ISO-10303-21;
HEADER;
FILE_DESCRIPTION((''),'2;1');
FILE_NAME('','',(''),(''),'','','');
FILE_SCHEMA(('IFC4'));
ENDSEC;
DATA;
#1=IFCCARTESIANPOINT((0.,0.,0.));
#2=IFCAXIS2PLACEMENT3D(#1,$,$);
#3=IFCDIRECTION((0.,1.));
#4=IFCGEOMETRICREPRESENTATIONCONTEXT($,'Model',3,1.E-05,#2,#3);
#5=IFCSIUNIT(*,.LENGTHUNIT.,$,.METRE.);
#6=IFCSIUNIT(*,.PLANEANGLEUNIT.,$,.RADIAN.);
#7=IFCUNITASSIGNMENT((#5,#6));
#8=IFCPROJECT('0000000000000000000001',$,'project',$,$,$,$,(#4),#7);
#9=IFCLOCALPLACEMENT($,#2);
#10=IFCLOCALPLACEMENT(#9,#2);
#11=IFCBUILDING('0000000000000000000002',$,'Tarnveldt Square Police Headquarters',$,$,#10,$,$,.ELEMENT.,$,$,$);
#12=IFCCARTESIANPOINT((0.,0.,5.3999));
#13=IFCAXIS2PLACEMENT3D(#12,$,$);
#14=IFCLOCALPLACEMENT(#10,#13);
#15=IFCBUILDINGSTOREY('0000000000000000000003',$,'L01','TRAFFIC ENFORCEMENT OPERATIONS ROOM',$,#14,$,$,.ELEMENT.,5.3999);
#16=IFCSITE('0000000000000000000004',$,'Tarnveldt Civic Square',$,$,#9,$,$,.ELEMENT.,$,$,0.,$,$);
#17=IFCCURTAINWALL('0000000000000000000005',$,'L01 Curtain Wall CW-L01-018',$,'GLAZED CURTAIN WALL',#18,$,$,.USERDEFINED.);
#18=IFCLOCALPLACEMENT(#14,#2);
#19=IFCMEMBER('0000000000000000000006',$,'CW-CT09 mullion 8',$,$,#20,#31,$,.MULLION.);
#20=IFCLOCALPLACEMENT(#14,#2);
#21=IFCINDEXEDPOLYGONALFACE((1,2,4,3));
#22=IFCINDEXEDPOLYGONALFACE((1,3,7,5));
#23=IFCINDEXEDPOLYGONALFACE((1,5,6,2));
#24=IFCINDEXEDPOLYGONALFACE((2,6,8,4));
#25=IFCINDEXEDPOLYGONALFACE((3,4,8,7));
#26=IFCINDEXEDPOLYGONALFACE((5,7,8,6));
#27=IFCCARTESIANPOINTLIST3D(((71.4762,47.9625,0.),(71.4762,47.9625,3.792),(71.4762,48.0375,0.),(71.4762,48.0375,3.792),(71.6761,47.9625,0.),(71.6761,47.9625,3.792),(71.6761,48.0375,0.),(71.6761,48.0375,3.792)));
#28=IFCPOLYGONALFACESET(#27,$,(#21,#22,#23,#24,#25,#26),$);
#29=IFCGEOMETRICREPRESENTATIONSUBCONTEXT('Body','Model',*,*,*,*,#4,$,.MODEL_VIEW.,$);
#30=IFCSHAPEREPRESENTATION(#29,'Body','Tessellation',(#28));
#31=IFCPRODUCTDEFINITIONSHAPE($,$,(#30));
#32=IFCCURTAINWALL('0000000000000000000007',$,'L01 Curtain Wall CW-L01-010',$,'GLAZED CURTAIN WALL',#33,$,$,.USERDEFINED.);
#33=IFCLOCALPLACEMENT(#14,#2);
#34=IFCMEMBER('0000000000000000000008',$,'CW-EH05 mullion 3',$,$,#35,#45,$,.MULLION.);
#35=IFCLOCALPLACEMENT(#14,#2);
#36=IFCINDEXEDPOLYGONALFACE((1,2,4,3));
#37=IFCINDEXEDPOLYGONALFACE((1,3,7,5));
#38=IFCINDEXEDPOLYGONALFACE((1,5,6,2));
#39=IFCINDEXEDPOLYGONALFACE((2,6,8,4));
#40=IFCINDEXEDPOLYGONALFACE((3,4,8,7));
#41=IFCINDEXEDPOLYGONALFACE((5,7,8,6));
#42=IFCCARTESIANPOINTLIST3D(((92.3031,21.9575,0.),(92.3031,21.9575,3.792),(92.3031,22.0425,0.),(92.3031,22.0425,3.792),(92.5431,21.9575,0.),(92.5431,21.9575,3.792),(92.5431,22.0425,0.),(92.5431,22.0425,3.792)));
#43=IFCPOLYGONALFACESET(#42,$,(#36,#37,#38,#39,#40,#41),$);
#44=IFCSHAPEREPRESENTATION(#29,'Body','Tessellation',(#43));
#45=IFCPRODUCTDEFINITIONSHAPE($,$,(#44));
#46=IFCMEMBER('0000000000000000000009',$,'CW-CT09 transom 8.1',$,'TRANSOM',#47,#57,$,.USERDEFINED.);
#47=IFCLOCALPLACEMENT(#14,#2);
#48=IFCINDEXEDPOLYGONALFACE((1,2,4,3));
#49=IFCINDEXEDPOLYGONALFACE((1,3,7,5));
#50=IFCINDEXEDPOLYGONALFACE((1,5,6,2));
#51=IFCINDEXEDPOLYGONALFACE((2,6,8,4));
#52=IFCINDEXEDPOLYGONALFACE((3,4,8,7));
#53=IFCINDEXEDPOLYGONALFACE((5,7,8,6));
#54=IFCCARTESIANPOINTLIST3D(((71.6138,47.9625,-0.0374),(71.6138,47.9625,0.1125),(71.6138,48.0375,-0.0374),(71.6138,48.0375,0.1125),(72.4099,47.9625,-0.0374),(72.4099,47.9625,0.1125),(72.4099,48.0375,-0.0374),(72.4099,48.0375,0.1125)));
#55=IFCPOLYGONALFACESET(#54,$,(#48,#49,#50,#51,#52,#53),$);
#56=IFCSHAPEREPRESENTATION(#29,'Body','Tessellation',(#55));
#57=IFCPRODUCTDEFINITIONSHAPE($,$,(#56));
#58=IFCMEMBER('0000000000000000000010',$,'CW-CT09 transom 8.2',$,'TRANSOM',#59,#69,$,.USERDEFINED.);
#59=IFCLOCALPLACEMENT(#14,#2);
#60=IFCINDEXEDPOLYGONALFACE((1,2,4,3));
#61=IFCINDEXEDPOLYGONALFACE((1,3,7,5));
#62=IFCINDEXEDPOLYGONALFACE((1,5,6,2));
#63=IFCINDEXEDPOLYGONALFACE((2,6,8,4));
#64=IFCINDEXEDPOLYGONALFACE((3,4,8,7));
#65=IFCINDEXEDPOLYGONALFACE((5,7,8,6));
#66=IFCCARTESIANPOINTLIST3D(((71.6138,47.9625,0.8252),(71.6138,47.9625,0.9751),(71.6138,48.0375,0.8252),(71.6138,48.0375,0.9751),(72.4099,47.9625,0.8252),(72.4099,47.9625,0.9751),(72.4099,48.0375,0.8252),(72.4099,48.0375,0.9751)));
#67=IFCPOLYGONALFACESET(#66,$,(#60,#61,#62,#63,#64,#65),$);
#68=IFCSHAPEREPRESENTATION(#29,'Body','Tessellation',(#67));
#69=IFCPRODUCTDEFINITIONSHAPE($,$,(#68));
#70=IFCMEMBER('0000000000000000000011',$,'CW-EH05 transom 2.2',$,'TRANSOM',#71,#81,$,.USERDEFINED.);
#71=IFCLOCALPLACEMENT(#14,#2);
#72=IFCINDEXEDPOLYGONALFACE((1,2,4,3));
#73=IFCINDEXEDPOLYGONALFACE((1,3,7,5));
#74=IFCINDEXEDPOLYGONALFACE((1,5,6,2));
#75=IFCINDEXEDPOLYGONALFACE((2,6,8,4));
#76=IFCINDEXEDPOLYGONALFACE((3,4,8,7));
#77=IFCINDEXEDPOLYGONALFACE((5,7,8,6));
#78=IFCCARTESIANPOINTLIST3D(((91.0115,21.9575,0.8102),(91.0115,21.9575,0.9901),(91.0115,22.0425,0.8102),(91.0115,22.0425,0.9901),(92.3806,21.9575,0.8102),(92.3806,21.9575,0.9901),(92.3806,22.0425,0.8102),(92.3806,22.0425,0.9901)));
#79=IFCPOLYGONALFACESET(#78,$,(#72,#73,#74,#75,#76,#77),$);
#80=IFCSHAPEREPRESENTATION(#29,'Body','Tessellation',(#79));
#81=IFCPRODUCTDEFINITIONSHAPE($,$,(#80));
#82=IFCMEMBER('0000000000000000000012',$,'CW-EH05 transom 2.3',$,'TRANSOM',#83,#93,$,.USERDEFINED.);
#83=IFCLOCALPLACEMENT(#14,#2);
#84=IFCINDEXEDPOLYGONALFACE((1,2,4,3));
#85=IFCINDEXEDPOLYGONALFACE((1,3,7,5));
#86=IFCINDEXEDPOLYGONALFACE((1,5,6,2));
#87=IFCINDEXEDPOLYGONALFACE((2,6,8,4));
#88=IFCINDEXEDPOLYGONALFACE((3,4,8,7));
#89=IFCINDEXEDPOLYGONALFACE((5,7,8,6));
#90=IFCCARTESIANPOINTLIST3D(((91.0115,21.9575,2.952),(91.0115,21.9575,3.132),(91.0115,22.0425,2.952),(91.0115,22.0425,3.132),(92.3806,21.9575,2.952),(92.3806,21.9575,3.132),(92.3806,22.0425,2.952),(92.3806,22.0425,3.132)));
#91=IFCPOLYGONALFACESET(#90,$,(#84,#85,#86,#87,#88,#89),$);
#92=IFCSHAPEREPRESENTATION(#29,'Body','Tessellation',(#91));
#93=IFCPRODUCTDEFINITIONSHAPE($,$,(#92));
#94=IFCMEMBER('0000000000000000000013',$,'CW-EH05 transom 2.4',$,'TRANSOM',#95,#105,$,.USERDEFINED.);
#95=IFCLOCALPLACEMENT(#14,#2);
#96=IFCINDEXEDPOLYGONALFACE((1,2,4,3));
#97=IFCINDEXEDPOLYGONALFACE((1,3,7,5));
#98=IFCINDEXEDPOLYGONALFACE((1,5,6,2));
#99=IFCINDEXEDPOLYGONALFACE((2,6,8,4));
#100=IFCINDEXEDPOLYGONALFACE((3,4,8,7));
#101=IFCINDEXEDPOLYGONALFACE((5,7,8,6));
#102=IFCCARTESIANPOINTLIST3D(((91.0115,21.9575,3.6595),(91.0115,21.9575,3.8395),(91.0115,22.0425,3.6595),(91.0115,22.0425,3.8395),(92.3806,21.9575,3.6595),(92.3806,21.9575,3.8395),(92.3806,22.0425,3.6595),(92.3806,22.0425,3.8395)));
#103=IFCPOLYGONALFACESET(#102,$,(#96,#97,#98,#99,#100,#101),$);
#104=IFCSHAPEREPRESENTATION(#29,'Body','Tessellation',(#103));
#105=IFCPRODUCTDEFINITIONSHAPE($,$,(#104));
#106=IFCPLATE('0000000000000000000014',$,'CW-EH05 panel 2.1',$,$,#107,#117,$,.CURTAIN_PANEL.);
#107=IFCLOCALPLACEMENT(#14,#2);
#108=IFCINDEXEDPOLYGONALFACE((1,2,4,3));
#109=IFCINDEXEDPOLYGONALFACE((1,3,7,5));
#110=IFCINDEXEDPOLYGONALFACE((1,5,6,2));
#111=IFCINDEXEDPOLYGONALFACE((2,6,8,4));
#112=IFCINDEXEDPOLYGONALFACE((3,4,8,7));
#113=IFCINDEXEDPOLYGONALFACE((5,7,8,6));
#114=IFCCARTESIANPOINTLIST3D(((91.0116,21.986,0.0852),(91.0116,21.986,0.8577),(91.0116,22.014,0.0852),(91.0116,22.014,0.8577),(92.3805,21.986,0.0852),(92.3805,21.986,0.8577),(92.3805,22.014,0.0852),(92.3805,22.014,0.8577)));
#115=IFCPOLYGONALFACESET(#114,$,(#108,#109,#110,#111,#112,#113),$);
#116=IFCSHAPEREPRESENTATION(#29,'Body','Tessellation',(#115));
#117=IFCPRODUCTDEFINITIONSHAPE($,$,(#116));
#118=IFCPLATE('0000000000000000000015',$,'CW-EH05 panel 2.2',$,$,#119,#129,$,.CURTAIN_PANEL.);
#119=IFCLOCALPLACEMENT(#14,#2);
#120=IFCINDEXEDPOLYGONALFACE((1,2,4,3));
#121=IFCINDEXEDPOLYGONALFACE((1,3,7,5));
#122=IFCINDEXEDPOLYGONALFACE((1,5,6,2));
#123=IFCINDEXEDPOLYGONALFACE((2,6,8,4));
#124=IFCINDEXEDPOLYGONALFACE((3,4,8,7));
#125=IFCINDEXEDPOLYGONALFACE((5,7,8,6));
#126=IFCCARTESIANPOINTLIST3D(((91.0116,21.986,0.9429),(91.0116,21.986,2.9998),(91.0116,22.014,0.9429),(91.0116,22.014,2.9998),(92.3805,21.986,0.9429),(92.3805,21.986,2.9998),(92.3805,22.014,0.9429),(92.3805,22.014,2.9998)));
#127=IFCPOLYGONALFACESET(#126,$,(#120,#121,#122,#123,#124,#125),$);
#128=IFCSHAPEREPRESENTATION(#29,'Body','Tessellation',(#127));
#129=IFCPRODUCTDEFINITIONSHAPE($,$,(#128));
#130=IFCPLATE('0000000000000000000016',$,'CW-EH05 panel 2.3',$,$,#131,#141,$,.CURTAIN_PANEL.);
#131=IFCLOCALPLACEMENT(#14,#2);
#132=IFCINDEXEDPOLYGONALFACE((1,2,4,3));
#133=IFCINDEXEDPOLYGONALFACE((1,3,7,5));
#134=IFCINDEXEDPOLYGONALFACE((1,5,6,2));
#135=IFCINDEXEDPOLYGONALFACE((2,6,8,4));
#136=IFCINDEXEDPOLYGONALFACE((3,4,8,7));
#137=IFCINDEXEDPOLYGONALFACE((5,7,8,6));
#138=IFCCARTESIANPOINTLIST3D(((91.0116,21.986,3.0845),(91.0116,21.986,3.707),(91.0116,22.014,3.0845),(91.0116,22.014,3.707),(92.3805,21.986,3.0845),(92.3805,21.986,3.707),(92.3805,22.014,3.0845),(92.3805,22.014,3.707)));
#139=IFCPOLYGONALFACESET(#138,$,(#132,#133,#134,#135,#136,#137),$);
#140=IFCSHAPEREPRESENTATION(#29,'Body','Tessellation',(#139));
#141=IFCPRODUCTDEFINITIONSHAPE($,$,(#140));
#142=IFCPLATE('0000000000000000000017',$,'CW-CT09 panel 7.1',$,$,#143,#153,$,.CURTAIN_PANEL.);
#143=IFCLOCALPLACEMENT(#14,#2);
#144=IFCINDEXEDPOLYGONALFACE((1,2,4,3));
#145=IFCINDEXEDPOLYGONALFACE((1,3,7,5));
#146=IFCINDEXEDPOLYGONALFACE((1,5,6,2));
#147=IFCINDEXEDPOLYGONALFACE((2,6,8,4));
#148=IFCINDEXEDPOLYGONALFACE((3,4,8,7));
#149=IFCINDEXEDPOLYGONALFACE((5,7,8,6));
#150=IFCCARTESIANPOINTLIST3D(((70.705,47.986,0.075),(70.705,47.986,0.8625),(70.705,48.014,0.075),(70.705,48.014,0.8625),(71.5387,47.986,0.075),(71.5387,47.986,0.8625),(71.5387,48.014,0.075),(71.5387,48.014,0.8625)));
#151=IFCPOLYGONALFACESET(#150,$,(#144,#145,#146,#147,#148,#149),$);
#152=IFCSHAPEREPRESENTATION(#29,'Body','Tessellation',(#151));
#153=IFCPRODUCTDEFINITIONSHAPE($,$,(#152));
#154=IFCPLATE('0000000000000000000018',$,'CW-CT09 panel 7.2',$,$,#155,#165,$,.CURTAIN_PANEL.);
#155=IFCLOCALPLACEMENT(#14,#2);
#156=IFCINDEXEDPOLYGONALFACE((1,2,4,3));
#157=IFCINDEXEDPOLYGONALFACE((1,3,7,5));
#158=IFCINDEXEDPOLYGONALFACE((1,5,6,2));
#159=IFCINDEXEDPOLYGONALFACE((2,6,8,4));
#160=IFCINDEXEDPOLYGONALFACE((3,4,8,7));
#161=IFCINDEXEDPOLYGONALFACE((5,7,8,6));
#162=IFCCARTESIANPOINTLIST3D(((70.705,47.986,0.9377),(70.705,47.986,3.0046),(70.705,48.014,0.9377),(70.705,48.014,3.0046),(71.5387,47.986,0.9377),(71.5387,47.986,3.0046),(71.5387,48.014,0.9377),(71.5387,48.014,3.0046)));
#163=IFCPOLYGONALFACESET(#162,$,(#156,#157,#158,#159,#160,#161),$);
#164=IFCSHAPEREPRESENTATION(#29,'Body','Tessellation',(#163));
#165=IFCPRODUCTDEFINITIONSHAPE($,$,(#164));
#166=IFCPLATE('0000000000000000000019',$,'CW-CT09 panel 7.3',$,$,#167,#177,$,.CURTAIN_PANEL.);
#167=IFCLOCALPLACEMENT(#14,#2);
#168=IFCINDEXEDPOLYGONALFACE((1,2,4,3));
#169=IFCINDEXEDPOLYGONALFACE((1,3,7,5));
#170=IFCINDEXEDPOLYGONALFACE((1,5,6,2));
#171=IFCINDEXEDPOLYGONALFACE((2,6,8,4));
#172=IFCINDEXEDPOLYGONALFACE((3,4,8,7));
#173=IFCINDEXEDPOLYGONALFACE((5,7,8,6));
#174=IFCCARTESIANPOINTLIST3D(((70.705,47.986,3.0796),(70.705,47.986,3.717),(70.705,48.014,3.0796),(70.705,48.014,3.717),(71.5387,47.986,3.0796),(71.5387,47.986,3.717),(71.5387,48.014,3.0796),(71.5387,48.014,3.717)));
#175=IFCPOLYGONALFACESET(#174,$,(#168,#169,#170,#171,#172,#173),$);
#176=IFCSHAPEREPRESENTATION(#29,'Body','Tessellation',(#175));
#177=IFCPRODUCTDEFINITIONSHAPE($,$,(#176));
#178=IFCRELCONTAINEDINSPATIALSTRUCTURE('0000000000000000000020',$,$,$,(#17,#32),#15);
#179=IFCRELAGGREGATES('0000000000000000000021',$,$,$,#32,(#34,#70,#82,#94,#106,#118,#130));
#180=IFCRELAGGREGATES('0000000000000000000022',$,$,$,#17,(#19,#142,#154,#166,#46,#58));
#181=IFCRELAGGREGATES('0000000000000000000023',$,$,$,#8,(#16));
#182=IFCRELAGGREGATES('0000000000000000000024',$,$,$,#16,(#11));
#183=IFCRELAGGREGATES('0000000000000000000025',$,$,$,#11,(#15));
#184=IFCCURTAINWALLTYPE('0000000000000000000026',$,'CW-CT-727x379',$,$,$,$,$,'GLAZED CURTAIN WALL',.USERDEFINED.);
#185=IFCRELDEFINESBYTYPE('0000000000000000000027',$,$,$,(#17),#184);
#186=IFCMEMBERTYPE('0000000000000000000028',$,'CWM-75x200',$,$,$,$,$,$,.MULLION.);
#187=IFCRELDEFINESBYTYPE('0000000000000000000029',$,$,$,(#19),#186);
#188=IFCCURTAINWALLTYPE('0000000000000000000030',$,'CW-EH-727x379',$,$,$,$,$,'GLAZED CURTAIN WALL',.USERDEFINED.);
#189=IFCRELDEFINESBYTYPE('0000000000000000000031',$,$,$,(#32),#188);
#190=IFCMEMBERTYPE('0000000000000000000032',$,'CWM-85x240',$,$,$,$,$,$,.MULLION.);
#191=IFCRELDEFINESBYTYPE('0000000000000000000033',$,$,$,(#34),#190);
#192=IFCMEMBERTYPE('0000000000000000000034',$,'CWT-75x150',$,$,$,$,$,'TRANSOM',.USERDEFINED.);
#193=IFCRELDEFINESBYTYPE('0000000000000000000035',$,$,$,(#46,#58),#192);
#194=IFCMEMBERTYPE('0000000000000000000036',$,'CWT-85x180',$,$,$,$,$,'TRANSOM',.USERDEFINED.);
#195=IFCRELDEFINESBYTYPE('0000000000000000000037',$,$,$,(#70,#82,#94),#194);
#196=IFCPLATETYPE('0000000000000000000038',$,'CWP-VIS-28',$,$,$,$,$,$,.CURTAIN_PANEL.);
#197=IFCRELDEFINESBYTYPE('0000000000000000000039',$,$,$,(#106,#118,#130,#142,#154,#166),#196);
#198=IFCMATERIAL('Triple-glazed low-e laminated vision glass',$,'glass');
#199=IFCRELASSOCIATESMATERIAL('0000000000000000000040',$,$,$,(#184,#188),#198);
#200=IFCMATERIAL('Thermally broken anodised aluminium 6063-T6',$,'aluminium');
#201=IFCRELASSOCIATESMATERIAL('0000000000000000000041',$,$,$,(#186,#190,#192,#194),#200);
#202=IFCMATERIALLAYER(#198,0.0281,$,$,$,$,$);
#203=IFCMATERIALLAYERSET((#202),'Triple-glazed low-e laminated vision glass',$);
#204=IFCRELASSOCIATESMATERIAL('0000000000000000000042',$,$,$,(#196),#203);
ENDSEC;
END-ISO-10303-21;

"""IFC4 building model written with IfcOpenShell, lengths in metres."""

from ifc_helpers import new_model, si_unit, direction, frame, origin, origin_2d, place, context, subcontext, project, spatial, rectangle, extrude, material, layer, layer_set, material_profile, profile_set, type_object, element, aggregate, save


model = new_model("IFC4")

# Units and contexts
model_context = context("Model", 3, precision=1e-05, world=origin(), true_north=direction((0.0, 1.0)))
body_context = subcontext(model_context, "Body", "Model", "MODEL_VIEW")
ifc_project = project(units=[si_unit("LENGTHUNIT", "METRE"), si_unit("PLANEANGLEUNIT", "RADIAN")], contexts=[model_context])

# Site, building, storey
site_placement = place(None, origin())
site = spatial("IfcSite", under=ifc_project, at=site_placement, Name="Tarnveldt Civic Square", CompositionType="ELEMENT", RefElevation=0.0)
building_placement = place(site_placement, origin())
building = spatial("IfcBuilding", under=site, at=building_placement, Name="Tarnveldt Square Police Headquarters", CompositionType="ELEMENT")
storey_placement = place(building_placement, frame((0.0, 0.0, 5.3999)))
storey = spatial("IfcBuildingStorey", under=building, at=storey_placement, Name="L01", Description="TRAFFIC ENFORCEMENT OPERATIONS ROOM", CompositionType="ELEMENT", Elevation=5.3999)

# Curtain walls, members
ifc_material_1 = material(Name="Triple-glazed low-e laminated vision glass", Category="glass")
curtain_wall_type_1 = type_object("IfcCurtainWallType", Name="CW-CT-727x379", ElementType="GLAZED CURTAIN WALL", PredefinedType="USERDEFINED", material=ifc_material_1)
curtain_wall_1_placement = place(storey_placement, origin())
curtain_wall_1 = element("IfcCurtainWall", 1, at=curtain_wall_1_placement, inside=storey, type_object=curtain_wall_type_1, Name="L01 Curtain Wall CW-L01-018", ObjectType="GLAZED CURTAIN WALL", PredefinedType="USERDEFINED")
ifc_material_2 = material(Name="Thermally broken anodised aluminium 6063-T6", Category="aluminium")
ifc_material_profile_1 = material_profile(ifc_material_2, rectangle(XDim=0.075, YDim=0.2, at=origin_2d()), Name="CW-M75x200")
ifc_profile_set_1 = profile_set([ifc_material_profile_1], Name="Thermally broken anodised aluminium 6063-T6")
member_type_1 = type_object("IfcMemberType", Name="CWM-75x200", PredefinedType="MULLION", material=ifc_profile_set_1)
member_1_placement = place(storey_placement, frame((71.5762, 48.0, 0.0), z_axis=(0.0, 0.0, 1.0), x_axis=(0.0, 1.0, 0.0)))
member_1 = element("IfcMember", 2, at=member_1_placement, type_object=member_type_1, Name="CW-CT09 mullion 8", PredefinedType="MULLION", context=body_context, shape_type="SweptSolid", body=[
    extrude(rectangle(XDim=0.075, YDim=0.2, at=origin_2d()), origin(), (0.0, 0.0, 1.0), 3.792),
])
curtain_wall_type_2 = type_object("IfcCurtainWallType", Name="CW-EH-727x379", ElementType="GLAZED CURTAIN WALL", PredefinedType="USERDEFINED", material=ifc_material_1)
curtain_wall_2_placement = place(storey_placement, origin())
curtain_wall_2 = element("IfcCurtainWall", 3, at=curtain_wall_2_placement, inside=storey, type_object=curtain_wall_type_2, Name="L01 Curtain Wall CW-L01-010", ObjectType="GLAZED CURTAIN WALL", PredefinedType="USERDEFINED")
ifc_material_profile_2 = material_profile(ifc_material_2, rectangle(XDim=0.085, YDim=0.24, at=origin_2d()), Name="CW-M85x240")
ifc_profile_set_2 = profile_set([ifc_material_profile_2], Name="Thermally broken anodised aluminium 6063-T6")
member_type_2 = type_object("IfcMemberType", Name="CWM-85x240", PredefinedType="MULLION", material=ifc_profile_set_2)
member_2_placement = place(storey_placement, frame((92.4231, 22.0, 0.0), z_axis=(0.0, 0.0, 1.0), x_axis=(0.0, 1.0, 0.0)))
member_2 = element("IfcMember", 4, at=member_2_placement, type_object=member_type_2, Name="CW-EH05 mullion 3", PredefinedType="MULLION", context=body_context, shape_type="SweptSolid", body=[
    extrude(rectangle(XDim=0.085, YDim=0.24, at=origin_2d()), origin(), (0.0, 0.0, 1.0), 3.792),
])

# Members
ifc_material_profile_3 = material_profile(ifc_material_2, rectangle(XDim=0.075, YDim=0.1499, at=origin_2d()), Name="CW-T75x150")
ifc_profile_set_3 = profile_set([ifc_material_profile_3], Name="Thermally broken anodised aluminium 6063-T6")
member_type_3 = type_object("IfcMemberType", Name="CWT-75x150", ElementType="TRANSOM", PredefinedType="USERDEFINED", material=ifc_profile_set_3)
member_3_placement = place(storey_placement, frame((71.6138, 48.0, 0.0376), z_axis=(1.0, 0.0, 0.0), x_axis=(0.0, 1.0, 0.0)))
member_3 = element("IfcMember", 5, at=member_3_placement, type_object=member_type_3, Name="CW-CT09 transom 8.1", ObjectType="TRANSOM", PredefinedType="USERDEFINED", context=body_context, shape_type="SweptSolid", body=[
    extrude(rectangle(XDim=0.075, YDim=0.1499, at=origin_2d()), origin(), (0.0, 0.0, 1.0), 0.7961),
])
member_4_placement = place(storey_placement, frame((71.6138, 48.0, 0.9001), z_axis=(1.0, 0.0, 0.0), x_axis=(0.0, 1.0, 0.0)))
member_4 = element("IfcMember", 6, at=member_4_placement, type_object=member_type_3, Name="CW-CT09 transom 8.2", ObjectType="TRANSOM", PredefinedType="USERDEFINED", context=body_context, shape_type="SweptSolid", body=[
    extrude(rectangle(XDim=0.075, YDim=0.1499, at=origin_2d()), origin(), (0.0, 0.0, 1.0), 0.7961),
])
ifc_material_profile_4 = material_profile(ifc_material_2, rectangle(XDim=0.085, YDim=0.1799, at=origin_2d()), Name="CW-T85x180")
ifc_profile_set_4 = profile_set([ifc_material_profile_4], Name="Thermally broken anodised aluminium 6063-T6")
member_type_4 = type_object("IfcMemberType", Name="CWT-85x180", ElementType="TRANSOM", PredefinedType="USERDEFINED", material=ifc_profile_set_4)
member_5_placement = place(storey_placement, frame((91.0115, 22.0, 0.9001), z_axis=(1.0, 0.0, 0.0), x_axis=(0.0, 1.0, 0.0)))
member_5 = element("IfcMember", 7, at=member_5_placement, type_object=member_type_4, Name="CW-EH05 transom 2.2", ObjectType="TRANSOM", PredefinedType="USERDEFINED", context=body_context, shape_type="SweptSolid", body=[
    extrude(rectangle(XDim=0.085, YDim=0.1799, at=origin_2d()), origin(), (0.0, 0.0, 1.0), 1.3691),
])
member_6_placement = place(storey_placement, frame((91.0115, 22.0, 3.042), z_axis=(1.0, 0.0, 0.0), x_axis=(0.0, 1.0, 0.0)))
member_6 = element("IfcMember", 8, at=member_6_placement, type_object=member_type_4, Name="CW-EH05 transom 2.3", ObjectType="TRANSOM", PredefinedType="USERDEFINED", context=body_context, shape_type="SweptSolid", body=[
    extrude(rectangle(XDim=0.085, YDim=0.1799, at=origin_2d()), origin(), (0.0, 0.0, 1.0), 1.3691),
])
member_7_placement = place(storey_placement, frame((91.0115, 22.0, 3.7495), z_axis=(1.0, 0.0, 0.0), x_axis=(0.0, 1.0, 0.0)))
member_7 = element("IfcMember", 9, at=member_7_placement, type_object=member_type_4, Name="CW-EH05 transom 2.4", ObjectType="TRANSOM", PredefinedType="USERDEFINED", context=body_context, shape_type="SweptSolid", body=[
    extrude(rectangle(XDim=0.085, YDim=0.1799, at=origin_2d()), origin(), (0.0, 0.0, 1.0), 1.3691),
])

# Plates
ifc_layer_1 = layer(ifc_material_1, 0.0281)
ifc_layer_set_1 = layer_set([ifc_layer_1], Name="Triple-glazed low-e laminated vision glass")
plate_type = type_object("IfcPlateType", Name="CWP-VIS-28", PredefinedType="CURTAIN_PANEL", material=ifc_layer_set_1)
plate_1_placement = place(storey_placement, frame((91.696, 22.0, 0.0852), z_axis=(0.0, 0.0, 1.0), x_axis=(1.0, 0.0, 0.0)))
plate_1 = element("IfcPlate", 10, at=plate_1_placement, type_object=plate_type, Name="CW-EH05 panel 2.1", PredefinedType="CURTAIN_PANEL", context=body_context, shape_type="SweptSolid", body=[
    extrude(rectangle(XDim=1.3689, YDim=0.0281, at=origin_2d()), origin(), (0.0, 0.0, 1.0), 0.7725),
])
plate_2_placement = place(storey_placement, frame((91.696, 22.0, 0.9429), z_axis=(0.0, 0.0, 1.0), x_axis=(1.0, 0.0, 0.0)))
plate_2 = element("IfcPlate", 11, at=plate_2_placement, type_object=plate_type, Name="CW-EH05 panel 2.2", PredefinedType="CURTAIN_PANEL", context=body_context, shape_type="SweptSolid", body=[
    extrude(rectangle(XDim=1.3689, YDim=0.0281, at=origin_2d()), origin(), (0.0, 0.0, 1.0), 2.0569),
])
plate_3_placement = place(storey_placement, frame((91.696, 22.0, 3.0845), z_axis=(0.0, 0.0, 1.0), x_axis=(1.0, 0.0, 0.0)))
plate_3 = element("IfcPlate", 12, at=plate_3_placement, type_object=plate_type, Name="CW-EH05 panel 2.3", PredefinedType="CURTAIN_PANEL", context=body_context, shape_type="SweptSolid", body=[
    extrude(rectangle(XDim=1.3689, YDim=0.0281, at=origin_2d()), origin(), (0.0, 0.0, 1.0), 0.6226),
])
aggregate(curtain_wall_2, [member_2, member_5, member_6, member_7, plate_1, plate_2, plate_3])
plate_4_placement = place(storey_placement, frame((71.1218, 48.0, 0.075), z_axis=(0.0, 0.0, 1.0), x_axis=(1.0, 0.0, 0.0)))
plate_4 = element("IfcPlate", 13, at=plate_4_placement, type_object=plate_type, Name="CW-CT09 panel 7.1", PredefinedType="CURTAIN_PANEL", context=body_context, shape_type="SweptSolid", body=[
    extrude(rectangle(XDim=0.8337, YDim=0.0281, at=origin_2d()), origin(), (0.0, 0.0, 1.0), 0.7876),
])
plate_5_placement = place(storey_placement, frame((71.1218, 48.0, 0.9377), z_axis=(0.0, 0.0, 1.0), x_axis=(1.0, 0.0, 0.0)))
plate_5 = element("IfcPlate", 14, at=plate_5_placement, type_object=plate_type, Name="CW-CT09 panel 7.2", PredefinedType="CURTAIN_PANEL", context=body_context, shape_type="SweptSolid", body=[
    extrude(rectangle(XDim=0.8337, YDim=0.0281, at=origin_2d()), origin(), (0.0, 0.0, 1.0), 2.0669),
])
plate_6_placement = place(storey_placement, frame((71.1218, 48.0, 3.0796), z_axis=(0.0, 0.0, 1.0), x_axis=(1.0, 0.0, 0.0)))
plate_6 = element("IfcPlate", 15, at=plate_6_placement, type_object=plate_type, Name="CW-CT09 panel 7.3", PredefinedType="CURTAIN_PANEL", context=body_context, shape_type="SweptSolid", body=[
    extrude(rectangle(XDim=0.8337, YDim=0.0281, at=origin_2d()), origin(), (0.0, 0.0, 1.0), 0.6375),
])
aggregate(curtain_wall_1, [member_1, plate_4, plate_5, plate_6, member_3, member_4])

save(model, "model.ifc")
